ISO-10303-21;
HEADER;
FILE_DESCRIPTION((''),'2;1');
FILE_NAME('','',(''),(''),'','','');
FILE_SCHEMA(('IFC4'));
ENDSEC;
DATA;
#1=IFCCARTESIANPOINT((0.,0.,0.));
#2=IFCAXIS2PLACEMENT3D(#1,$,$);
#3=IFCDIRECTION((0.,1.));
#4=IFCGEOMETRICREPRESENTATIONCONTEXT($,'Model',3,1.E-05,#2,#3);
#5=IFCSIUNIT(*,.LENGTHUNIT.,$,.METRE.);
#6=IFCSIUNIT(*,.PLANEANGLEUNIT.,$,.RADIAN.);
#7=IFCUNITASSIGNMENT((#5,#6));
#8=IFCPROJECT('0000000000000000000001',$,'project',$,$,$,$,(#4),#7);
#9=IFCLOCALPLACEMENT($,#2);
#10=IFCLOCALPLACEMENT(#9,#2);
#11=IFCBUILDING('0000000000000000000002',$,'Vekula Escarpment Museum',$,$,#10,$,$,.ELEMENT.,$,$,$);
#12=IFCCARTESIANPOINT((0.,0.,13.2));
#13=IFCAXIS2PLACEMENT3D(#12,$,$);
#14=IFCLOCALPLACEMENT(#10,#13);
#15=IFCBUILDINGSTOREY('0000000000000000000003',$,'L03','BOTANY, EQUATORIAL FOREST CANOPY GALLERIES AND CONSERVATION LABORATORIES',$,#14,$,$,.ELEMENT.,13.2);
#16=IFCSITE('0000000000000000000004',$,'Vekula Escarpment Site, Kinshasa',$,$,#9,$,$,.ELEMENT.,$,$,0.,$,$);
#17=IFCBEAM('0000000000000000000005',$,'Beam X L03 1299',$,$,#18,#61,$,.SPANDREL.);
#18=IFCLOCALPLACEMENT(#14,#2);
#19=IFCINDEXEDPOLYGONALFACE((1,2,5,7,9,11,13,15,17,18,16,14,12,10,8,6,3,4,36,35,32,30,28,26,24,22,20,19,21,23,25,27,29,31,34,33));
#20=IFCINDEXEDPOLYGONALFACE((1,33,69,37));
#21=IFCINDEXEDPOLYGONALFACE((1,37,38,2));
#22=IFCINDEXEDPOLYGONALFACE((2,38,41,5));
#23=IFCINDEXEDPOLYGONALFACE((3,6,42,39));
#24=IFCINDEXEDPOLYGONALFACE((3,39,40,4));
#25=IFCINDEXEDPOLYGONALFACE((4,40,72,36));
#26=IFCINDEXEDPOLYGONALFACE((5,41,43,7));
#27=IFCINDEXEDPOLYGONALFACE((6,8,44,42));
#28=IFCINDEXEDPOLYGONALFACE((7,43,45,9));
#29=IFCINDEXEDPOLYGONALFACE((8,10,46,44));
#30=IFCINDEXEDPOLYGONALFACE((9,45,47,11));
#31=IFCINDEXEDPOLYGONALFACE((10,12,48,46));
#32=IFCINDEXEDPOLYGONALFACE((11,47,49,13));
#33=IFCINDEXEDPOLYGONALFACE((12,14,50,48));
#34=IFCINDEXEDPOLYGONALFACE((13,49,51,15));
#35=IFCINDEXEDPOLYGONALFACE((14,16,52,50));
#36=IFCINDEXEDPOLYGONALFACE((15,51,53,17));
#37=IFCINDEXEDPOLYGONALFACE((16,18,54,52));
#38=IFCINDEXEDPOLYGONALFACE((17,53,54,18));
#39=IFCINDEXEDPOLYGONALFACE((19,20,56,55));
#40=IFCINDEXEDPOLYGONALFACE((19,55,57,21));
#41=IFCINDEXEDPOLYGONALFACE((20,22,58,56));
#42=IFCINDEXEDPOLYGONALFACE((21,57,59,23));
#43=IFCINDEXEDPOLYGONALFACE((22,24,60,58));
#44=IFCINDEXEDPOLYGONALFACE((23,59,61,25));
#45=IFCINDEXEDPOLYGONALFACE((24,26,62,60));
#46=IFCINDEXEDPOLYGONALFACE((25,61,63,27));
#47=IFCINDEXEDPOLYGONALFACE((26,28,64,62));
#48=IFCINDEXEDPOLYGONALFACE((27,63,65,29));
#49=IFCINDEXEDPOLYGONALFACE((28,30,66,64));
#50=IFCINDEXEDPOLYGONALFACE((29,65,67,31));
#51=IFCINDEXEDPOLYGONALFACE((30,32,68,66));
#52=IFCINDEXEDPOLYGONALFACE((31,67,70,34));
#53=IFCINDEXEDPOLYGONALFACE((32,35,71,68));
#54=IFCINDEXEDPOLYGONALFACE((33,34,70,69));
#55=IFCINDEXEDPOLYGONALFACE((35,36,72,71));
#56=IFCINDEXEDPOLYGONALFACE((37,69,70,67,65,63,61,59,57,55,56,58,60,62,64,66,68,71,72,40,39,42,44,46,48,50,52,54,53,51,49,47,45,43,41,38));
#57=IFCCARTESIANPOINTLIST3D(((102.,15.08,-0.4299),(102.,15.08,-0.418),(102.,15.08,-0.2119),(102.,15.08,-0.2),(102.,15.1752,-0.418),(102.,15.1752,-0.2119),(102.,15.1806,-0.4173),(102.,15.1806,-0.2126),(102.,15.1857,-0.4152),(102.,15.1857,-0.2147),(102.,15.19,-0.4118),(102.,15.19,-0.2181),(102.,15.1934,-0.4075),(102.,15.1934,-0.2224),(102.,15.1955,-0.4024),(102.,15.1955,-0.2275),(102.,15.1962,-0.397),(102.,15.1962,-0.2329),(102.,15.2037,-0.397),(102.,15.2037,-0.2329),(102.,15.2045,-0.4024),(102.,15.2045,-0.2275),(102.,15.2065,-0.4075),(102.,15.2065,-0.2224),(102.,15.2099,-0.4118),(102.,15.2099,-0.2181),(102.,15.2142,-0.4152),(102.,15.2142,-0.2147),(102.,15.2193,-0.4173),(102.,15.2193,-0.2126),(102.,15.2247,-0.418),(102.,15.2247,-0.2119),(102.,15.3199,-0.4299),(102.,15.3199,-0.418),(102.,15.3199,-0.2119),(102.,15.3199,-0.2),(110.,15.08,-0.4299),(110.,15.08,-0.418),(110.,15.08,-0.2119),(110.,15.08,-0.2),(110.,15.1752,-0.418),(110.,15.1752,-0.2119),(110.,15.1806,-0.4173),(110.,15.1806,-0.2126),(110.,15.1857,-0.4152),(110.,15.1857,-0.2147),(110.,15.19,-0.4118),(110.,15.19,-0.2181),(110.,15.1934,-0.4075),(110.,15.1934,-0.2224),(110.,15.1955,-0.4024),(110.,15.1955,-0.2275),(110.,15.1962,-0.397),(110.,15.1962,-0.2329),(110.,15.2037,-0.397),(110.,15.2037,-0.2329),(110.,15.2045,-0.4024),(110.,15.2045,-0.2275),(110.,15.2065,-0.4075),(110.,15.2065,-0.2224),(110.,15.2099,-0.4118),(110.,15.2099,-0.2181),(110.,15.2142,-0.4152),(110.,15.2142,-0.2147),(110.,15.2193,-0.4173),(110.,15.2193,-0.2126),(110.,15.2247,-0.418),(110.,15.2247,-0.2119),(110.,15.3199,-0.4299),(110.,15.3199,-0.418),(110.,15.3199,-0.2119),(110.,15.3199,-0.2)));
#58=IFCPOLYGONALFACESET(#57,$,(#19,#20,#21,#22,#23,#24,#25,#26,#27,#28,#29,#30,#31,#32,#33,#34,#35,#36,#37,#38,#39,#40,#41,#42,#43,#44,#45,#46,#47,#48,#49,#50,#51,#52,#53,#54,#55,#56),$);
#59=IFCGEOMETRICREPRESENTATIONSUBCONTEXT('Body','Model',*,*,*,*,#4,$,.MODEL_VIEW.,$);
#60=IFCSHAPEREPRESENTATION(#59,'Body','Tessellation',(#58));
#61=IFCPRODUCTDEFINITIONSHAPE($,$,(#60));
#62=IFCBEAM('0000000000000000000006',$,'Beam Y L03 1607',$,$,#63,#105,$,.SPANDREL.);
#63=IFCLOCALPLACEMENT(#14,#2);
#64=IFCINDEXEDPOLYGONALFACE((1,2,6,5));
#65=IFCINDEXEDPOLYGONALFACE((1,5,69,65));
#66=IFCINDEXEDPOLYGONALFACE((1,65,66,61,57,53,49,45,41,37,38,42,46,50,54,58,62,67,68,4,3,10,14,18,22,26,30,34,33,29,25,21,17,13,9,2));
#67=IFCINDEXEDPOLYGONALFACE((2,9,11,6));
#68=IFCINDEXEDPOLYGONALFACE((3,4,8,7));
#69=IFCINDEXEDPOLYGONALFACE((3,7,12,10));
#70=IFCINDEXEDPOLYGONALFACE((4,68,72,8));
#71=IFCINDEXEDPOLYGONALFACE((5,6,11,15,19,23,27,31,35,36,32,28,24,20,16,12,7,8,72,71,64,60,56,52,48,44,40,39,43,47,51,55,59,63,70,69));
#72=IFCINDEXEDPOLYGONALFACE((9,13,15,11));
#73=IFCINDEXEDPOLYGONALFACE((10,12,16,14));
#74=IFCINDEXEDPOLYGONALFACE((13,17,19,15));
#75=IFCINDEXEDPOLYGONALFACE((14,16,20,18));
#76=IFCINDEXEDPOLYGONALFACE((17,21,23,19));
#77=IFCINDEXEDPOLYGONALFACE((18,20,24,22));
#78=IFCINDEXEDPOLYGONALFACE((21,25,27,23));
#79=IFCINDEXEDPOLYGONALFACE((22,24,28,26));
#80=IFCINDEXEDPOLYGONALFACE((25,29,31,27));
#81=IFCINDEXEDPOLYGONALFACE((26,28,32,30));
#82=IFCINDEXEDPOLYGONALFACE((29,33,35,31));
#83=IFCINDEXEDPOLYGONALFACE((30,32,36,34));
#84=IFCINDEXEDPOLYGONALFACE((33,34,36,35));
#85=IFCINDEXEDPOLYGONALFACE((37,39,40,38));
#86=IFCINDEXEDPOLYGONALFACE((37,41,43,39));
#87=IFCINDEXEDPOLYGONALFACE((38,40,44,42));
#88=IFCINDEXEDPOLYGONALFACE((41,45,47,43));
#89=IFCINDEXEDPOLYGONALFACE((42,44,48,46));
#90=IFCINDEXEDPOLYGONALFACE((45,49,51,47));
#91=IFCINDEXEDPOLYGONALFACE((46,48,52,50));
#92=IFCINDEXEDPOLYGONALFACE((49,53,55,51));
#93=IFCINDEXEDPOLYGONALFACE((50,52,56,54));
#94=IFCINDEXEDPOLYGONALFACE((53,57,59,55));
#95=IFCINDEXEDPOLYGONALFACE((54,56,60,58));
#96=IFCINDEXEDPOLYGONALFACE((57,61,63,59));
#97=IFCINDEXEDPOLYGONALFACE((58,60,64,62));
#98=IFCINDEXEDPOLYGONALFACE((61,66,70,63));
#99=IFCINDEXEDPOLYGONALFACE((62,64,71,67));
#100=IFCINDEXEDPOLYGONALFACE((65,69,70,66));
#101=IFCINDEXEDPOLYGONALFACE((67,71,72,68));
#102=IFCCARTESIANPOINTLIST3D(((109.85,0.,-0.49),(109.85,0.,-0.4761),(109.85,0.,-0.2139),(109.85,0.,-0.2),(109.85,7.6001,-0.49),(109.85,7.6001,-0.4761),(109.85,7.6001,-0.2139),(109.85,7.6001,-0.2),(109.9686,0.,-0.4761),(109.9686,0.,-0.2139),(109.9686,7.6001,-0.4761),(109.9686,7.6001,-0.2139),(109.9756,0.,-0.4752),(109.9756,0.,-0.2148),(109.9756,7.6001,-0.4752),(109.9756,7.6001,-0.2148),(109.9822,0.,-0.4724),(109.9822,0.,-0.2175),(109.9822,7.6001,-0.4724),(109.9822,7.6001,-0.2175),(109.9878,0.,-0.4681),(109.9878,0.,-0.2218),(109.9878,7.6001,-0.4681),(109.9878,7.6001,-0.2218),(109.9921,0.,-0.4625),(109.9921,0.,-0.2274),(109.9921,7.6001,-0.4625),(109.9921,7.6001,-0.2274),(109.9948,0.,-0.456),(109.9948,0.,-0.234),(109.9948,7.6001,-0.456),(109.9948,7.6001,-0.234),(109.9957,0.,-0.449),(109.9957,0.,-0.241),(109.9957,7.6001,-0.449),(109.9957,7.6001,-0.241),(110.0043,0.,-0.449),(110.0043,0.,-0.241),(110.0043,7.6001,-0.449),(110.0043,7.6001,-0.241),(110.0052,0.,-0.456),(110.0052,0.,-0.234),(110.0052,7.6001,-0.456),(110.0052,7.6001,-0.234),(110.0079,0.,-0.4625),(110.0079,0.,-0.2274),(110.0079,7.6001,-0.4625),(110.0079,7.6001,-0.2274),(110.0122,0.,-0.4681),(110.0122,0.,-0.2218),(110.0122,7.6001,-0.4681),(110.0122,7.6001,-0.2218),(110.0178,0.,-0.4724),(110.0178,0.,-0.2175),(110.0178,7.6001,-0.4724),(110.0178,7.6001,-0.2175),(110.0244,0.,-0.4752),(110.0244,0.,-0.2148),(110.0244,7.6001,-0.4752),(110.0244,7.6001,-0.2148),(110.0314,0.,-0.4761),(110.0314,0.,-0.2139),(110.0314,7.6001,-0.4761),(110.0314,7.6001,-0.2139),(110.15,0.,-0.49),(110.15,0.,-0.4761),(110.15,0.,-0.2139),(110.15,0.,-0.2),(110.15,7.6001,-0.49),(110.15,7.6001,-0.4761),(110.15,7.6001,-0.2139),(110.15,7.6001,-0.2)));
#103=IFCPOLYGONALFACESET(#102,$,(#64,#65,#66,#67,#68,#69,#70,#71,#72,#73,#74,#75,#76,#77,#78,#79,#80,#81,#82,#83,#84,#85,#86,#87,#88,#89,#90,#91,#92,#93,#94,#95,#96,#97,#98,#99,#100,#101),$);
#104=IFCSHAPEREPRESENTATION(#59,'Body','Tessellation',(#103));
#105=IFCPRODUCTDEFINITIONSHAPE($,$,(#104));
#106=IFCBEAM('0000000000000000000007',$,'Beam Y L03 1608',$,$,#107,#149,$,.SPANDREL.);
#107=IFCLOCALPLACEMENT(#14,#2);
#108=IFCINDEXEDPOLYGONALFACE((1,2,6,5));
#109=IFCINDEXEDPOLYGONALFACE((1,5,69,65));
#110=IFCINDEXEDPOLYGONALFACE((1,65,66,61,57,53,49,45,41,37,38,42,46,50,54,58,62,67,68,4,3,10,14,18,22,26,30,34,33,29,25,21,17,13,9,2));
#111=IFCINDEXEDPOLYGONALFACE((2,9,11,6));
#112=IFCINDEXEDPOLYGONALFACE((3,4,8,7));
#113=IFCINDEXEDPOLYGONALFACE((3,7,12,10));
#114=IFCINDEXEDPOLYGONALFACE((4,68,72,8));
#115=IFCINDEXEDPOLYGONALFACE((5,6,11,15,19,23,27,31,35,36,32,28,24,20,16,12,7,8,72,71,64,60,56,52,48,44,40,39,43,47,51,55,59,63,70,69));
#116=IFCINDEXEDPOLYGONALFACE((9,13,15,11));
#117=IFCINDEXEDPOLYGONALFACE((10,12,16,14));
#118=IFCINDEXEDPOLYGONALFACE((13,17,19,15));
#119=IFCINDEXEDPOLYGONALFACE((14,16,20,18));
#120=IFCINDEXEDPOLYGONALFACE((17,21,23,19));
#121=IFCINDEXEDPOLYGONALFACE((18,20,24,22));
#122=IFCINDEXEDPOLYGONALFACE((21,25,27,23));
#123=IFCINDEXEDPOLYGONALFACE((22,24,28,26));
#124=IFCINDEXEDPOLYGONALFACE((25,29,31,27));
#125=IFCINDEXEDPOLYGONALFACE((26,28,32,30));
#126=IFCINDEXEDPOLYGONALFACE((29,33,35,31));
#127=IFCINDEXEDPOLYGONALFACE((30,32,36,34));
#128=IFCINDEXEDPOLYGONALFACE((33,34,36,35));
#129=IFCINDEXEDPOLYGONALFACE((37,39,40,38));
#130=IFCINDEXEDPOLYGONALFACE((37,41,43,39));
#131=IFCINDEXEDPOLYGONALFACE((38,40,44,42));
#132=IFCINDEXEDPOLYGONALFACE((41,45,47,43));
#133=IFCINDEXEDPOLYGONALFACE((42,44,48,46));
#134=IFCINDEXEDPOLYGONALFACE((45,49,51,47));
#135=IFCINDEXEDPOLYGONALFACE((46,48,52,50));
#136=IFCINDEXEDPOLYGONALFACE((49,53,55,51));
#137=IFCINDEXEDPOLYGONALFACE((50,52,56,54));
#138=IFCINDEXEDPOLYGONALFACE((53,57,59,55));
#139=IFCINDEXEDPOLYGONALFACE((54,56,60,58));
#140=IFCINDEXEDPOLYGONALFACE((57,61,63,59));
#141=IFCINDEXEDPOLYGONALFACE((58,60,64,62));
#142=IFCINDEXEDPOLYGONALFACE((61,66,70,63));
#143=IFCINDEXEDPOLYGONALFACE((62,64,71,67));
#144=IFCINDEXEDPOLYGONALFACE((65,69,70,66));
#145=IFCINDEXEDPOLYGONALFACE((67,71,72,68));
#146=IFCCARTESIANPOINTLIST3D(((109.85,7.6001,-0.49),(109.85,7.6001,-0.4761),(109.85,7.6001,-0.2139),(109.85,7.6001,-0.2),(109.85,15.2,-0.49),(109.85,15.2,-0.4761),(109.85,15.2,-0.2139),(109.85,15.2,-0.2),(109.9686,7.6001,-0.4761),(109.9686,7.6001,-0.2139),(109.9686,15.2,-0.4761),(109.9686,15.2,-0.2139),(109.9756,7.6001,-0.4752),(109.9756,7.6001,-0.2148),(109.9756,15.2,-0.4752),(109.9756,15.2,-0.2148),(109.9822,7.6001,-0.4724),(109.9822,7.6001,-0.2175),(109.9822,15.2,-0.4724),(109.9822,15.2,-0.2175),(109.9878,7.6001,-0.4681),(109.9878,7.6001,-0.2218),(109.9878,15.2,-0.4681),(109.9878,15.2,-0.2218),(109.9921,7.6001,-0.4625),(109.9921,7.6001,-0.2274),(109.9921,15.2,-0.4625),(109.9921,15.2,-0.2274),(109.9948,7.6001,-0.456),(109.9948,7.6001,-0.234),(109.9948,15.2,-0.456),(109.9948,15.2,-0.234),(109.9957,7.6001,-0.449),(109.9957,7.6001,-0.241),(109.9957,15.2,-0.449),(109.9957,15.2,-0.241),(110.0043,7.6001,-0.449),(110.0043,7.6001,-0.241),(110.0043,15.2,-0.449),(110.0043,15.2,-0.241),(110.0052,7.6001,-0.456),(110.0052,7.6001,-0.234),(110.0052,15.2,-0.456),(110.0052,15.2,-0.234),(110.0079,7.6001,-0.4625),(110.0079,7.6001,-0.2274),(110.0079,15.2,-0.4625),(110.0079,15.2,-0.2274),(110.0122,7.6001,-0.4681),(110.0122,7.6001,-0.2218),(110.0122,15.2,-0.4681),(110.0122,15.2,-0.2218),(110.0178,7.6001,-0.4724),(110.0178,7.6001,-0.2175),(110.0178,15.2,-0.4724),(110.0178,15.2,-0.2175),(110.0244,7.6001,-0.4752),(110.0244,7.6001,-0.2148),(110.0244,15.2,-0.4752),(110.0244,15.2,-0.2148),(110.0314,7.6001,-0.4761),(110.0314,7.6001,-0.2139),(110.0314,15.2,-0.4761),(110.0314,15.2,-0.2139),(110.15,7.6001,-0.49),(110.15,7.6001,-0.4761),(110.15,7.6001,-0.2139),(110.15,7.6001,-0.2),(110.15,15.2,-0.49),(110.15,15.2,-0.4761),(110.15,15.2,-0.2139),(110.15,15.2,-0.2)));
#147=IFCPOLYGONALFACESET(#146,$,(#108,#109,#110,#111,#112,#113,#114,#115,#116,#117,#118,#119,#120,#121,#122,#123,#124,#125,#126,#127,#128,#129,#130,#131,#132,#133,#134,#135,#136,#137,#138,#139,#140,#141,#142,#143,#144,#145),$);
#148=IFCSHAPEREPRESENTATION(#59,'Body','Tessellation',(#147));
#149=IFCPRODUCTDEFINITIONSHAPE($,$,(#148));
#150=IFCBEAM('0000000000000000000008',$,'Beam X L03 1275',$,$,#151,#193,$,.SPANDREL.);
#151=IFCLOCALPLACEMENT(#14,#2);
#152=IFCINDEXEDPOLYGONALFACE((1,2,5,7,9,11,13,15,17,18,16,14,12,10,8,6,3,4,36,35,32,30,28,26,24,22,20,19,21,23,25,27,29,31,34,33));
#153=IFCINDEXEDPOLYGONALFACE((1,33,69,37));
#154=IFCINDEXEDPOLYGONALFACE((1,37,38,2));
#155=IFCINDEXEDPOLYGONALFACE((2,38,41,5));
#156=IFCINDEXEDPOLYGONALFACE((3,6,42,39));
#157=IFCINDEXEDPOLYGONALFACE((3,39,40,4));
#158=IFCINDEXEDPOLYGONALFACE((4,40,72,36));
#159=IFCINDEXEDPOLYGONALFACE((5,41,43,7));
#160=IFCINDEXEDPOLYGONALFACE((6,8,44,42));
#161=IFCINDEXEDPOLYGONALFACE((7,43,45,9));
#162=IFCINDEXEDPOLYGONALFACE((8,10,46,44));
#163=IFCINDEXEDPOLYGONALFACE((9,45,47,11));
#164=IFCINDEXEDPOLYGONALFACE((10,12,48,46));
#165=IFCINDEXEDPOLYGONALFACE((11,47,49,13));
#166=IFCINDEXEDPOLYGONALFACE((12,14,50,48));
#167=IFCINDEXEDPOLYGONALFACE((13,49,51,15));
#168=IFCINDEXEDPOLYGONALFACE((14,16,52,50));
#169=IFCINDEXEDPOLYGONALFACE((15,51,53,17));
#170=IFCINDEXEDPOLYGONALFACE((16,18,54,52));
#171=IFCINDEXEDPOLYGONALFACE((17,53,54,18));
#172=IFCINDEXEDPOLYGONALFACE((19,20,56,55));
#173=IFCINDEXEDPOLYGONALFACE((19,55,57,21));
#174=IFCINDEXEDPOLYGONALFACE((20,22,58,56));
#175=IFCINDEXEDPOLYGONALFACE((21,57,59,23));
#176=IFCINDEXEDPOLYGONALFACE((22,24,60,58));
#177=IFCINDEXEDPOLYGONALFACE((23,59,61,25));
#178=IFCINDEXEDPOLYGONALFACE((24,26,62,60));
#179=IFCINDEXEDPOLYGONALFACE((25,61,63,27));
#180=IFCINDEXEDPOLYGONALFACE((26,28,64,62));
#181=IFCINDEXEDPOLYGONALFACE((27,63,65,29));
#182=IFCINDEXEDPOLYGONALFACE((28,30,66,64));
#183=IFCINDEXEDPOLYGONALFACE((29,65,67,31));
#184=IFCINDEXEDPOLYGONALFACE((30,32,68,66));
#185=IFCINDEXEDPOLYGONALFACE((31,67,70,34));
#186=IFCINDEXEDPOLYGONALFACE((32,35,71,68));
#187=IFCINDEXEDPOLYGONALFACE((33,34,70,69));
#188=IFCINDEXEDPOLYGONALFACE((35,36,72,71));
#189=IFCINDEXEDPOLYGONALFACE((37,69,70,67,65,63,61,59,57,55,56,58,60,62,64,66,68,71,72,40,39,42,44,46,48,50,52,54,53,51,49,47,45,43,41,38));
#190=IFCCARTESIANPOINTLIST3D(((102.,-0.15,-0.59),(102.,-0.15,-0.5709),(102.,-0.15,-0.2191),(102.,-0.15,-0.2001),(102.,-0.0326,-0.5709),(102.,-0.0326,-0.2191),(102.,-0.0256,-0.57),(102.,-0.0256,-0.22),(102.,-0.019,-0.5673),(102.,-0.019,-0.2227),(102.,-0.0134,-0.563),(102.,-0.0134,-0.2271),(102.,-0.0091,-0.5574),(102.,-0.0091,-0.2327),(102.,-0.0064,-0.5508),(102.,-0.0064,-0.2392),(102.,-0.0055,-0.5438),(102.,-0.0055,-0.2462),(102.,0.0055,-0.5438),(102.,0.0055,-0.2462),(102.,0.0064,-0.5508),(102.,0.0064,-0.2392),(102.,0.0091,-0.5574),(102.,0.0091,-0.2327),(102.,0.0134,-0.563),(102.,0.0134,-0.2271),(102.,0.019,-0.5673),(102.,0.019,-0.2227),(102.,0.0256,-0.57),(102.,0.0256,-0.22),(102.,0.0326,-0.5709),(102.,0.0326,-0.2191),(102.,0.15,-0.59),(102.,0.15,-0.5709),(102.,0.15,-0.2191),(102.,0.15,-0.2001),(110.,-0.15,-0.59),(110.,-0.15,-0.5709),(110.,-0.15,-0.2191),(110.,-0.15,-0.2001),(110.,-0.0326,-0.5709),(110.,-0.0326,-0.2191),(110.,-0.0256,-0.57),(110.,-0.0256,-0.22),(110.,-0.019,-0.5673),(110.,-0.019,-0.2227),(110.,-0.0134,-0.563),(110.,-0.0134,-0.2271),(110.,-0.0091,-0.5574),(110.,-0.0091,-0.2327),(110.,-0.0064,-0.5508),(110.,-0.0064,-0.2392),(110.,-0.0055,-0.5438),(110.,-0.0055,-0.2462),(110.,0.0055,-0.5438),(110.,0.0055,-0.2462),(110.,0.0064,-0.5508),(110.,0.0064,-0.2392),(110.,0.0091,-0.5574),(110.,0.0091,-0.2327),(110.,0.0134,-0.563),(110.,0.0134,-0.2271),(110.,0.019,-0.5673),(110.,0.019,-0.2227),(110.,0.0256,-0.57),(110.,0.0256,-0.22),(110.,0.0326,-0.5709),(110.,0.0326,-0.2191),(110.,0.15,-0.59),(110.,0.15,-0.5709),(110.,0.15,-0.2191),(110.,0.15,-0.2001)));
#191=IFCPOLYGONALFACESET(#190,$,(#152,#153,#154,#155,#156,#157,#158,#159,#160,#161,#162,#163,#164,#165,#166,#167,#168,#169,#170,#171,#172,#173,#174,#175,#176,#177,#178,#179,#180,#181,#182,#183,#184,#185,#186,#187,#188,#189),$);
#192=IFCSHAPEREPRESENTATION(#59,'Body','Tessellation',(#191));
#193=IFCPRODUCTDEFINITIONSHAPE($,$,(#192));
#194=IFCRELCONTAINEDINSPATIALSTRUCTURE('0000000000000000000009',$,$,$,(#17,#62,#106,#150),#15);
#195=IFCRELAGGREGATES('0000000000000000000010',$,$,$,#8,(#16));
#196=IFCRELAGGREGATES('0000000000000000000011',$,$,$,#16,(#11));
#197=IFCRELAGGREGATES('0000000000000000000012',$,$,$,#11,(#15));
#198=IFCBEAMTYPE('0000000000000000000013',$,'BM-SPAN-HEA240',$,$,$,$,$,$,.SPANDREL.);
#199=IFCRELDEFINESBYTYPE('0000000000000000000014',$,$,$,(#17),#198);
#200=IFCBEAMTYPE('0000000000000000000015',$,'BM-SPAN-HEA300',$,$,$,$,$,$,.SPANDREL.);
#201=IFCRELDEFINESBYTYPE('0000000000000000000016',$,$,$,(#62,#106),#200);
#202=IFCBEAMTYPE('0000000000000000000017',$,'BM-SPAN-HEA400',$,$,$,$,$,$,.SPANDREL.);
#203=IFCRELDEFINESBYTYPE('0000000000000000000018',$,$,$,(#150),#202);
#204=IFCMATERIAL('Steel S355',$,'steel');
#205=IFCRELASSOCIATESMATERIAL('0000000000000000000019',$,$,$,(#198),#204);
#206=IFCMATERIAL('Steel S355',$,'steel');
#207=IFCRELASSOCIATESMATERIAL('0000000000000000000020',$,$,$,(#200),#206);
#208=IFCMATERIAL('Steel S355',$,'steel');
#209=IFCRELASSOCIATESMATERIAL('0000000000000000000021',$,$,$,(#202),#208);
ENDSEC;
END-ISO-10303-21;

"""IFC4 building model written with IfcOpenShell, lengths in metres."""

from ifc_helpers import new_model, si_unit, direction, frame, origin, origin_2d, place, context, subcontext, project, spatial, i_section, extrude, material, material_profile, profile_set, type_object, element, save


model = new_model("IFC4")

# Units and contexts
model_context = context("Model", 3, precision=1e-05, world=origin(), true_north=direction((0.0, 1.0)))
body_context = subcontext(model_context, "Body", "Model", "MODEL_VIEW")
ifc_project = project(units=[si_unit("LENGTHUNIT", "METRE"), si_unit("PLANEANGLEUNIT", "RADIAN")], contexts=[model_context])

# Site, building, storey
site_placement = place(None, origin())
site = spatial("IfcSite", under=ifc_project, at=site_placement, Name="Vekula Escarpment Site, Kinshasa", CompositionType="ELEMENT", RefElevation=0.0)
building_placement = place(site_placement, origin())
building = spatial("IfcBuilding", under=site, at=building_placement, Name="Vekula Escarpment Museum", CompositionType="ELEMENT")
storey_placement = place(building_placement, frame((0.0, 0.0, 13.2)))
storey = spatial("IfcBuildingStorey", under=building, at=storey_placement, Name="L03", Description="BOTANY, EQUATORIAL FOREST CANOPY GALLERIES AND CONSERVATION LABORATORIES", CompositionType="ELEMENT", Elevation=13.2)

# Beams
ifc_material_1 = material(Name="Steel S355", Category="steel")
ifc_material_profile_1 = material_profile(ifc_material_1, i_section(OverallWidth=0.24, OverallDepth=0.23, WebThickness=0.0076, FlangeThickness=0.012, FilletRadius=0.021, at=origin_2d()), Name="HEA 240")
ifc_profile_set_1 = profile_set([ifc_material_profile_1], Name="Steel S355")
beam_type_1 = type_object("IfcBeamType", Name="BM-SPAN-HEA240", PredefinedType="SPANDREL", material=ifc_profile_set_1)
for number, where, z_axis, x_axis, name in (
    (1, (102.0, 15.2, -0.3149), (1.0, 0.0, 0.0), (0.0, 1.0, 0.0), "Beam X L03 1299"),
):
    element("IfcBeam", number, at=place(storey_placement, frame(where, z_axis=z_axis, x_axis=x_axis)), inside=storey, type_object=beam_type_1, Name=name, PredefinedType="SPANDREL", context=body_context, shape_type="SweptSolid", body=[
        extrude(i_section(OverallWidth=0.24, OverallDepth=0.23, WebThickness=0.0076, FlangeThickness=0.012, FilletRadius=0.021, at=origin_2d()), origin(), (0.0, 0.0, 1.0), 8.0),
    ])
ifc_material_2 = material(Name="Steel S355", Category="steel")
ifc_material_profile_2 = material_profile(ifc_material_2, i_section(OverallWidth=0.3, OverallDepth=0.29, WebThickness=0.0085, FlangeThickness=0.0139, FilletRadius=0.0271, at=origin_2d()), Name="HEA 300")
ifc_profile_set_2 = profile_set([ifc_material_profile_2], Name="Steel S355")
beam_type_2 = type_object("IfcBeamType", Name="BM-SPAN-HEA300", PredefinedType="SPANDREL", material=ifc_profile_set_2)
beam_1_placement = place(storey_placement, frame((110.0, 0.0, -0.345), z_axis=(0.0, 1.0, 0.0), x_axis=(-1.0, 0.0, 0.0)))
element("IfcBeam", 2, at=beam_1_placement, inside=storey, type_object=beam_type_2, Name="Beam Y L03 1607", PredefinedType="SPANDREL", context=body_context, shape_type="SweptSolid", body=[
    extrude(i_section(OverallWidth=0.3, OverallDepth=0.29, WebThickness=0.0085, FlangeThickness=0.0139, FilletRadius=0.0271, at=origin_2d()), origin(), (0.0, 0.0, 1.0), 7.6001),
])
beam_2_placement = place(storey_placement, frame((110.0, 7.6001, -0.345), z_axis=(0.0, 1.0, 0.0), x_axis=(-1.0, 0.0, 0.0)))
element("IfcBeam", 3, at=beam_2_placement, inside=storey, type_object=beam_type_2, Name="Beam Y L03 1608", PredefinedType="SPANDREL", context=body_context, shape_type="SweptSolid", body=[
    extrude(i_section(OverallWidth=0.3, OverallDepth=0.29, WebThickness=0.0085, FlangeThickness=0.0139, FilletRadius=0.0271, at=origin_2d()), origin(), (0.0, 0.0, 1.0), 7.5999),
])
ifc_material_3 = material(Name="Steel S355", Category="steel")
ifc_material_profile_3 = material_profile(ifc_material_3, i_section(OverallWidth=0.3, OverallDepth=0.3899, WebThickness=0.011, FlangeThickness=0.019, FilletRadius=0.0271, at=origin_2d()), Name="HEA 400")
ifc_profile_set_3 = profile_set([ifc_material_profile_3], Name="Steel S355")
beam_type_3 = type_object("IfcBeamType", Name="BM-SPAN-HEA400", PredefinedType="SPANDREL", material=ifc_profile_set_3)
beam_3_placement = place(storey_placement, frame((102.0, 0.0, -0.395), z_axis=(1.0, 0.0, 0.0), x_axis=(0.0, 1.0, 0.0)))
element("IfcBeam", 4, at=beam_3_placement, inside=storey, type_object=beam_type_3, Name="Beam X L03 1275", PredefinedType="SPANDREL", context=body_context, shape_type="SweptSolid", body=[
    extrude(i_section(OverallWidth=0.3, OverallDepth=0.3899, WebThickness=0.011, FlangeThickness=0.019, FilletRadius=0.0271, at=origin_2d()), origin(), (0.0, 0.0, 1.0), 8.0),
])

save(model, "model.ifc")
